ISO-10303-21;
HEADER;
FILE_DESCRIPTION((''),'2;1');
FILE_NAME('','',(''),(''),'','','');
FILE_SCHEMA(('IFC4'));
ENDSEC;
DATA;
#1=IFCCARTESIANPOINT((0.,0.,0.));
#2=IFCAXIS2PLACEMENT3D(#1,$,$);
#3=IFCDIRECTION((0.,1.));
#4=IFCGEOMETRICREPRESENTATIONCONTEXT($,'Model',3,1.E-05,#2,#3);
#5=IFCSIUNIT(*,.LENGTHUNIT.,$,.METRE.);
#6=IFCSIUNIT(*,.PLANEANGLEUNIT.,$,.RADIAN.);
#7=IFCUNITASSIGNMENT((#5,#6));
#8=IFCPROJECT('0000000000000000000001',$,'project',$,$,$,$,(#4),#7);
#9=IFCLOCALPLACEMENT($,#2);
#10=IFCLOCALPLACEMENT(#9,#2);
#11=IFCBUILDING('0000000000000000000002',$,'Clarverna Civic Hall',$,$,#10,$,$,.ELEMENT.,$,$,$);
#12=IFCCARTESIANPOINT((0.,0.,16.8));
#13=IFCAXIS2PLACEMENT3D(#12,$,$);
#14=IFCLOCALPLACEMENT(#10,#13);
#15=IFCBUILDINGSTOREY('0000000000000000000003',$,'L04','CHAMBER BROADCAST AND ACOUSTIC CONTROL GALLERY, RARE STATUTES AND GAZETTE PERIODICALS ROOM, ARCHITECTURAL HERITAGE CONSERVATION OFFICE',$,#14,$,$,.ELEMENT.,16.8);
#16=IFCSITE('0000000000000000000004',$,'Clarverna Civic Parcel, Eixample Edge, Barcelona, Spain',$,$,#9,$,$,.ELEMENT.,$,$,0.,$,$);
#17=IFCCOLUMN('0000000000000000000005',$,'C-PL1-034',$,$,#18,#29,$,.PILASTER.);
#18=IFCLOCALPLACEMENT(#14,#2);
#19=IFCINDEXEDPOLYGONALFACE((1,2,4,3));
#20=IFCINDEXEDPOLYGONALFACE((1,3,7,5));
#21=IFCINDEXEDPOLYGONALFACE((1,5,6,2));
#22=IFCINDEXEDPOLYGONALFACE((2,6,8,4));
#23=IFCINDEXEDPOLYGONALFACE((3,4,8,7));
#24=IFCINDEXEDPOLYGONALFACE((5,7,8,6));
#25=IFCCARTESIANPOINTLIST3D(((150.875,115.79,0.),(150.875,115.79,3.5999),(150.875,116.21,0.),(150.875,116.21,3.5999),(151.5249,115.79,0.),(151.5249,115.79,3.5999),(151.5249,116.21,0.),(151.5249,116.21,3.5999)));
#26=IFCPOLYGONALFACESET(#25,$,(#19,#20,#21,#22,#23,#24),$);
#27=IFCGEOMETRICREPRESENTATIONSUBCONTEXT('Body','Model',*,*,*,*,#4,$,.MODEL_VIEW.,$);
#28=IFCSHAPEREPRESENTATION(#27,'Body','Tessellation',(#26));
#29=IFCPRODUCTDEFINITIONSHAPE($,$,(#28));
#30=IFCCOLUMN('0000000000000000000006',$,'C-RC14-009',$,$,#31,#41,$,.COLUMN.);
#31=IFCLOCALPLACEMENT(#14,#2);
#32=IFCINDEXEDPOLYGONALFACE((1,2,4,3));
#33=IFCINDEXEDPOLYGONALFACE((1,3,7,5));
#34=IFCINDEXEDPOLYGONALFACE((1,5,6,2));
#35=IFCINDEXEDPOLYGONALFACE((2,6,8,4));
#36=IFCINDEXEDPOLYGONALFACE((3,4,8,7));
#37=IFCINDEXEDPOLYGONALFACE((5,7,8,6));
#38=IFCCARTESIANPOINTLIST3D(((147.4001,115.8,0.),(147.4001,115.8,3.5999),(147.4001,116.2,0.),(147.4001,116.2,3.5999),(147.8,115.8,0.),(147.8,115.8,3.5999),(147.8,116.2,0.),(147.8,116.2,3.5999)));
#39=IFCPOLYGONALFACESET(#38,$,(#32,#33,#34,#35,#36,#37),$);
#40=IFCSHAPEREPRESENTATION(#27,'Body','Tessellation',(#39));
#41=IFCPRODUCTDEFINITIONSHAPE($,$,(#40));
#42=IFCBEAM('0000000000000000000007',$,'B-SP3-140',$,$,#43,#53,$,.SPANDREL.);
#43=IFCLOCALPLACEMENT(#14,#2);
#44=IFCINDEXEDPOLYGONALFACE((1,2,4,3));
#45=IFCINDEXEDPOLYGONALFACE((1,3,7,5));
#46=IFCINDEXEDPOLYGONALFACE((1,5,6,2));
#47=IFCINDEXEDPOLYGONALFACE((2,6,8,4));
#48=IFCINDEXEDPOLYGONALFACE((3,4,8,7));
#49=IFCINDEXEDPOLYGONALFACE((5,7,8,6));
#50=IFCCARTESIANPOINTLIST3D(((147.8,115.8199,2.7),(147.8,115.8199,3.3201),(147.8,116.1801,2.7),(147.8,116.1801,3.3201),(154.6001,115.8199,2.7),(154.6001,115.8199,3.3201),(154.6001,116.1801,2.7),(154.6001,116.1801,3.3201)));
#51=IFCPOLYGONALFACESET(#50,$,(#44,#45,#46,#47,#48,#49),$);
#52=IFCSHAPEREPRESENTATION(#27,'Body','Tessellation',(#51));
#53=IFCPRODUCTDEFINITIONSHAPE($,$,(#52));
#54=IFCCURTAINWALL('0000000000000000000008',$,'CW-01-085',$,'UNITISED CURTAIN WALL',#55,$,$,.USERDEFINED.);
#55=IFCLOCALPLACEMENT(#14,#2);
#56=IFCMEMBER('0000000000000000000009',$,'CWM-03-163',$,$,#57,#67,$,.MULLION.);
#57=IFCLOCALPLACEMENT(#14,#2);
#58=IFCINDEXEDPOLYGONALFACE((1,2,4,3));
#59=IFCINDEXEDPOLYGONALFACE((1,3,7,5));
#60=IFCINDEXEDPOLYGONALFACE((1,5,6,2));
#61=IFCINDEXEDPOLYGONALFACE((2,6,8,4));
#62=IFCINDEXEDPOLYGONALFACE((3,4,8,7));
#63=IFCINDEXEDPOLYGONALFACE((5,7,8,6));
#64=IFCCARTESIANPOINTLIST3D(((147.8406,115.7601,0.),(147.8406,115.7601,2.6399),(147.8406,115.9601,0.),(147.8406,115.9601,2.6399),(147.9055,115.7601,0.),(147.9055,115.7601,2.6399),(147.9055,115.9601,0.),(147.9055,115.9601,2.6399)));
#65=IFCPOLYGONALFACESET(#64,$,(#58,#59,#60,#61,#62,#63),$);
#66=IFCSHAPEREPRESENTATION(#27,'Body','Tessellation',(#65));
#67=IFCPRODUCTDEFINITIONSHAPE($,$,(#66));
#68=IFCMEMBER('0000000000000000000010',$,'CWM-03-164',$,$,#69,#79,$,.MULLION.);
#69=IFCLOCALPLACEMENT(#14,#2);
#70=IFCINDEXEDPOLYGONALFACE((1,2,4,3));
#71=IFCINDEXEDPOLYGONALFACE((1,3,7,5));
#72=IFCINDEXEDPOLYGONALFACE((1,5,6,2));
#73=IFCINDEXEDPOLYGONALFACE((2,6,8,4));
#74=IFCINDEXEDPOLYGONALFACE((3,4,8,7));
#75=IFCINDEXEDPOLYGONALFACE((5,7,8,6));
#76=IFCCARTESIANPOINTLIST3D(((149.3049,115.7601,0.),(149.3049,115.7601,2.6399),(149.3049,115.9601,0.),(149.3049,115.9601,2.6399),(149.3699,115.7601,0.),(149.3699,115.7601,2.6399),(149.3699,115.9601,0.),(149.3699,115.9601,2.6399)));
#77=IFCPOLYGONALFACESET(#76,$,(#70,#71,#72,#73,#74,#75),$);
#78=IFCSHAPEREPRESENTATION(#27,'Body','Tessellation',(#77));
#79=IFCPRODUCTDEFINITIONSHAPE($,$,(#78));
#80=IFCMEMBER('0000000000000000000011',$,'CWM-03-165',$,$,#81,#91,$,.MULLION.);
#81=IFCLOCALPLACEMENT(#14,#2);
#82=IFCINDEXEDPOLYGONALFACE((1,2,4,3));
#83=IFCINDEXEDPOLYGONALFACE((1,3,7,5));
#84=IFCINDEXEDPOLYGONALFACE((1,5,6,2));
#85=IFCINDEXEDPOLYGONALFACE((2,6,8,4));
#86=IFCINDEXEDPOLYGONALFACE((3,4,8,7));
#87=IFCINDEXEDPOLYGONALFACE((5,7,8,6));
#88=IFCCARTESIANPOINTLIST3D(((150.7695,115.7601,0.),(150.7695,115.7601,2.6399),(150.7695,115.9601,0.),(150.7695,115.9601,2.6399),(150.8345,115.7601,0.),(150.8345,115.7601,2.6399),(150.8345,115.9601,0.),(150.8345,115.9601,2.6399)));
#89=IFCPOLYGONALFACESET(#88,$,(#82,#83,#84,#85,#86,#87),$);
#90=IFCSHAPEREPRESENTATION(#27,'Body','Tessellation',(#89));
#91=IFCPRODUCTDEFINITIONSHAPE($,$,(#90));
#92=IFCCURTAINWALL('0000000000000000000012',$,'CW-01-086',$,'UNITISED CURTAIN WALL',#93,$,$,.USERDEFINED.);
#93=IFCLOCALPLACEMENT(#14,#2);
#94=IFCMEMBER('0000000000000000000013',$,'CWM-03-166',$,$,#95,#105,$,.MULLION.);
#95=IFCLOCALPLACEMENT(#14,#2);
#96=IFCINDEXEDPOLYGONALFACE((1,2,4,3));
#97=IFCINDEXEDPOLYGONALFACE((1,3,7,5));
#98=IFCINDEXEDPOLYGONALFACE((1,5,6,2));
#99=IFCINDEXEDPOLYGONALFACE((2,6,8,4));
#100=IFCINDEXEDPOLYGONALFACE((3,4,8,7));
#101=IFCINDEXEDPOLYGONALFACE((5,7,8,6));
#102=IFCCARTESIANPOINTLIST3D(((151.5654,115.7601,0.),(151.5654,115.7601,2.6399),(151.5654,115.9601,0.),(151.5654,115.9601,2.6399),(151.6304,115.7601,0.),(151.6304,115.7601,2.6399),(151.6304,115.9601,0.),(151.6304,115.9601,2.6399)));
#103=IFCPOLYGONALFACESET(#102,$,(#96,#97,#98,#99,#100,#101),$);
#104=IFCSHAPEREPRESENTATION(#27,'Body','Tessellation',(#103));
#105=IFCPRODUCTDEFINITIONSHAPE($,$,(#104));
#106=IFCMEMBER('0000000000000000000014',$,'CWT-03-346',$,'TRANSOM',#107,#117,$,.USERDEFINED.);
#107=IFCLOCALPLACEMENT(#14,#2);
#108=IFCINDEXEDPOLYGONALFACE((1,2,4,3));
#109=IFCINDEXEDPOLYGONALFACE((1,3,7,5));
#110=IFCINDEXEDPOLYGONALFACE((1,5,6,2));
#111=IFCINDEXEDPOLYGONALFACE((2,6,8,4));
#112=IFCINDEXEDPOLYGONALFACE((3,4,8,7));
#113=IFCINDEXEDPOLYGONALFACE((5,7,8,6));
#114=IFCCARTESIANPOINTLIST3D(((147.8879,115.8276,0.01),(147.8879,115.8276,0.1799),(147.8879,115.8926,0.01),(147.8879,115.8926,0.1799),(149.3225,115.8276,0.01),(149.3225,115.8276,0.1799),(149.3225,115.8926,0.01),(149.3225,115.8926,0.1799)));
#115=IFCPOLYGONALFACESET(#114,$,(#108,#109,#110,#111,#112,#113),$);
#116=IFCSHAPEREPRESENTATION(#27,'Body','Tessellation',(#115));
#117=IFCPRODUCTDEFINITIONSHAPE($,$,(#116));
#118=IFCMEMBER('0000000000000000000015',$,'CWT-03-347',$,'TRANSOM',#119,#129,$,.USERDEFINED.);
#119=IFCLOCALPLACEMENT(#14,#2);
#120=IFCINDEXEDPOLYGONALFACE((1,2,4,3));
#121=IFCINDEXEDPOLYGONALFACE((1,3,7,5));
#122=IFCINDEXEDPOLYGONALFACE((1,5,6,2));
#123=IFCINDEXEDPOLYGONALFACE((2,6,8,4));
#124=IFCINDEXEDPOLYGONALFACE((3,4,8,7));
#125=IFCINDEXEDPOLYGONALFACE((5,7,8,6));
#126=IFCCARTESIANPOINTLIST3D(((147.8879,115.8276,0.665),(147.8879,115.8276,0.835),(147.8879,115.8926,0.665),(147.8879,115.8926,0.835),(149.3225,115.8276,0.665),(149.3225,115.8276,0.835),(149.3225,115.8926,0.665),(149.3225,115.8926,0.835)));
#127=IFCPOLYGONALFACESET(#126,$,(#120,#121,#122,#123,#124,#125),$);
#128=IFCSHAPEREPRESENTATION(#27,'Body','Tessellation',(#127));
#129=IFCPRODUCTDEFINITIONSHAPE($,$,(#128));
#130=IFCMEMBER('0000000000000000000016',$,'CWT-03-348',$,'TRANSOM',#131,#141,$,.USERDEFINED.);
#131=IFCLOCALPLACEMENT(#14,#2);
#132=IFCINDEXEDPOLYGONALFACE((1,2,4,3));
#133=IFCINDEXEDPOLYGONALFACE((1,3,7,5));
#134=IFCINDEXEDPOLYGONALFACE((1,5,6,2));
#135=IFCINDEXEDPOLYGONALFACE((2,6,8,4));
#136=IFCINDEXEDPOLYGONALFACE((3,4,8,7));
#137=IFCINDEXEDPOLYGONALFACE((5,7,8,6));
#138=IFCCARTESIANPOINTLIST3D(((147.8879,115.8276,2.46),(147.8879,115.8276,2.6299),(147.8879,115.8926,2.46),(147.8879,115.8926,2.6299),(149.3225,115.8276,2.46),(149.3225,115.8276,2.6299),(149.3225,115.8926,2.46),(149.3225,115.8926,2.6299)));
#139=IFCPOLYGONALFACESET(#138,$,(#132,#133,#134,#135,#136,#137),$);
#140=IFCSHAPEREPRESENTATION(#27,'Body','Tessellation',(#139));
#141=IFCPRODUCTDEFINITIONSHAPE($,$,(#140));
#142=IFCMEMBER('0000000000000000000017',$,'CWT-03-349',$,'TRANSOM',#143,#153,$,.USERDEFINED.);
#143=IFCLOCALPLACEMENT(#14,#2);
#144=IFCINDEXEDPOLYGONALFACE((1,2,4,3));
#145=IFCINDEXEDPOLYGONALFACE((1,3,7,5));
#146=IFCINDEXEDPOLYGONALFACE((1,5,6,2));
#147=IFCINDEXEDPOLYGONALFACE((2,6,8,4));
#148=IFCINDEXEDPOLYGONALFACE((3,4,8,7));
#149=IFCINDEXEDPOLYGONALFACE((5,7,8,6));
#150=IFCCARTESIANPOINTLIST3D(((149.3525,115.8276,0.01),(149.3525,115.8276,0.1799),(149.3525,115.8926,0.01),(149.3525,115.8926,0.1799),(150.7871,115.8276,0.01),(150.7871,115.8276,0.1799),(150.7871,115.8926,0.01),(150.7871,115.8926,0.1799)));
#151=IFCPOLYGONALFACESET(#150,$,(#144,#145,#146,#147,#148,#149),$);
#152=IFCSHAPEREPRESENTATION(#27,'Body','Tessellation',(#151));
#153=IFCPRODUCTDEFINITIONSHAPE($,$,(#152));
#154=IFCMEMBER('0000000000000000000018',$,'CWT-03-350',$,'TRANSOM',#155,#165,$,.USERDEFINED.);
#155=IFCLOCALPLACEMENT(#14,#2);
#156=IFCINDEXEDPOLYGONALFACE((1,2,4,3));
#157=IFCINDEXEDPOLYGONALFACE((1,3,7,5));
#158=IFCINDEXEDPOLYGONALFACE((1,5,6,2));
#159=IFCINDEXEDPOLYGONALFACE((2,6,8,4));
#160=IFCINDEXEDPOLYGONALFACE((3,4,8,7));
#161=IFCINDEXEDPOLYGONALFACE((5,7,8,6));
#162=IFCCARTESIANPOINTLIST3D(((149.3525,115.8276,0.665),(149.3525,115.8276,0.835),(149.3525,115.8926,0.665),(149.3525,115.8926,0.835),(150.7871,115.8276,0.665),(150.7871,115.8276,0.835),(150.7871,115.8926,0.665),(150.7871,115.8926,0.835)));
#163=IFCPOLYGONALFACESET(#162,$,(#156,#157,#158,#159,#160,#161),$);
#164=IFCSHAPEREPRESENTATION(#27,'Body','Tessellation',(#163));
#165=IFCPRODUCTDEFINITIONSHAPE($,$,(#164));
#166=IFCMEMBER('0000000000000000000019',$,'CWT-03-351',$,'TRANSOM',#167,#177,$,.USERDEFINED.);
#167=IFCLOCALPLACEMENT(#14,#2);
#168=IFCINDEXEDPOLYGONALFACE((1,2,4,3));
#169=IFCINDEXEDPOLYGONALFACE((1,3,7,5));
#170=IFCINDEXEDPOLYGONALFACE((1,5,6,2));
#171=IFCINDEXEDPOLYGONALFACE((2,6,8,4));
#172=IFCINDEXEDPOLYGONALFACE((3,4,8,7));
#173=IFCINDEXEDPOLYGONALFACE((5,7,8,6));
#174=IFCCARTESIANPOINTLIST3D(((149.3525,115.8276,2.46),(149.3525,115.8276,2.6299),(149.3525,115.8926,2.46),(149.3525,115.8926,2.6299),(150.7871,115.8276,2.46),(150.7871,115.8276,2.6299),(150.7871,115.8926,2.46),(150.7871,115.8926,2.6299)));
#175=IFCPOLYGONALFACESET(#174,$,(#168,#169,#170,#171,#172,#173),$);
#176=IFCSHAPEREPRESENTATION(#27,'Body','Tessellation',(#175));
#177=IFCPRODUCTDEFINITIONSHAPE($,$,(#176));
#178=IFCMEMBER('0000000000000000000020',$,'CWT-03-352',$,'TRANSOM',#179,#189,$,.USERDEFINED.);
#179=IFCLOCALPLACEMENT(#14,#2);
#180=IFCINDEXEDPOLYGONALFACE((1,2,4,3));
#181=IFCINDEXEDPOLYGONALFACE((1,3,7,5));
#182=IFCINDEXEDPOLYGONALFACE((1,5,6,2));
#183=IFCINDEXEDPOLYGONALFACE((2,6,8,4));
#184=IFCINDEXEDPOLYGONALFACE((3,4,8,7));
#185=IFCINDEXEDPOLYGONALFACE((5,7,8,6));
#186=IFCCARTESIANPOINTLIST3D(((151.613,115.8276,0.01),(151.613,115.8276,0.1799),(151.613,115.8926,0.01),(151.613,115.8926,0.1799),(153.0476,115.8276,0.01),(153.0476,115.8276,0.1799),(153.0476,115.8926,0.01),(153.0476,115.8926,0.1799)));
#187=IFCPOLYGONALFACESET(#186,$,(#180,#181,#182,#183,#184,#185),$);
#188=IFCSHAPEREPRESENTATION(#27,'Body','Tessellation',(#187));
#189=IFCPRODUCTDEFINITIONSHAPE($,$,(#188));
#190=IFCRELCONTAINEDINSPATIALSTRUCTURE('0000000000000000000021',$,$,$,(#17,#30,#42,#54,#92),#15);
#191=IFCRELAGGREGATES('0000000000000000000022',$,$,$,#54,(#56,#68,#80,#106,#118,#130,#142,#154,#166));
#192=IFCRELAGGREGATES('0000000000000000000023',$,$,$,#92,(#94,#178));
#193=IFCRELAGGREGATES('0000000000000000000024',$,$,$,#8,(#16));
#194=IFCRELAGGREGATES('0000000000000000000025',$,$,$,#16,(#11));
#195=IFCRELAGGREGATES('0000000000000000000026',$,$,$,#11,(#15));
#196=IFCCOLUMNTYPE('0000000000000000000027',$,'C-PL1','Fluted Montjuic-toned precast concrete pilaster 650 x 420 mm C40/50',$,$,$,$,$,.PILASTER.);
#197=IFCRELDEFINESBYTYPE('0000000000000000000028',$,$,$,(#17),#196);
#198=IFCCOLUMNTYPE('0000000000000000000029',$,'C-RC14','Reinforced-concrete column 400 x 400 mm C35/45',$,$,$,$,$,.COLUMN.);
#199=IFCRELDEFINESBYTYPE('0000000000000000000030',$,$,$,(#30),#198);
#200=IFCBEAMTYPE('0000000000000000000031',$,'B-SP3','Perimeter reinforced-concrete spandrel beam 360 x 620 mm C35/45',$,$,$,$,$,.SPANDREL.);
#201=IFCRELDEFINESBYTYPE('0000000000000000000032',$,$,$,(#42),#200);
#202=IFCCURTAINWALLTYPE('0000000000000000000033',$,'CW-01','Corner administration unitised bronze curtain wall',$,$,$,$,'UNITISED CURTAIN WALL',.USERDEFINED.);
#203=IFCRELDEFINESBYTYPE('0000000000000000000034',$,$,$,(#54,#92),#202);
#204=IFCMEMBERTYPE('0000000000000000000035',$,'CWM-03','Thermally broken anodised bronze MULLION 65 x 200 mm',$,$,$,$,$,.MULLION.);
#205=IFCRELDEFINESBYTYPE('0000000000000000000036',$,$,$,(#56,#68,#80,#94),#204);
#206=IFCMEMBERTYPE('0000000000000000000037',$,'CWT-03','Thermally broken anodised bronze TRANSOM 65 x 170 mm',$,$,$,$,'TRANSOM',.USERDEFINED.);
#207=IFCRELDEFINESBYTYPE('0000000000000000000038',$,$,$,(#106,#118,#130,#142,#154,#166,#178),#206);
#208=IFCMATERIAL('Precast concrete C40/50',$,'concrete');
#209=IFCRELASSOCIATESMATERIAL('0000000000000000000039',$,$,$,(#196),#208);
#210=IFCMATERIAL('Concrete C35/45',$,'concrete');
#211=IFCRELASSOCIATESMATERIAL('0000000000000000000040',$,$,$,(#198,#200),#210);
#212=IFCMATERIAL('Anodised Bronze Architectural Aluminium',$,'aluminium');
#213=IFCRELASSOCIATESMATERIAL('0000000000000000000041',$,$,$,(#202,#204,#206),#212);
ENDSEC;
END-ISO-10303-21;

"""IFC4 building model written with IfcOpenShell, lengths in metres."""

from ifc_helpers import new_model, si_unit, direction, frame, origin, origin_2d, place, context, subcontext, project, spatial, rectangle, extrude, material, material_profile, profile_set, type_object, element, aggregate, save


model = new_model("IFC4")

# Units and contexts
model_context = context("Model", 3, precision=1e-05, world=origin(), true_north=direction((0.0, 1.0)))
body_context = subcontext(model_context, "Body", "Model", "MODEL_VIEW")
ifc_project = project(units=[si_unit("LENGTHUNIT", "METRE"), si_unit("PLANEANGLEUNIT", "RADIAN")], contexts=[model_context])

# Site, building, storey
site_placement = place(None, origin())
site = spatial("IfcSite", under=ifc_project, at=site_placement, Name="Clarverna Civic Parcel, Eixample Edge, Barcelona, Spain", CompositionType="ELEMENT", RefElevation=0.0)
building_placement = place(site_placement, origin())
building = spatial("IfcBuilding", under=site, at=building_placement, Name="Clarverna Civic Hall", CompositionType="ELEMENT")
storey_placement = place(building_placement, frame((0.0, 0.0, 16.8)))
storey = spatial("IfcBuildingStorey", under=building, at=storey_placement, Name="L04", Description="CHAMBER BROADCAST AND ACOUSTIC CONTROL GALLERY, RARE STATUTES AND GAZETTE PERIODICALS ROOM, ARCHITECTURAL HERITAGE CONSERVATION OFFICE", CompositionType="ELEMENT", Elevation=16.8)

# Columns
ifc_material_1 = material(Name="Precast concrete C40/50", Category="concrete")
ifc_material_profile_1 = material_profile(ifc_material_1, rectangle(XDim=0.6499, YDim=0.4199, at=origin_2d()), Name="PILASTER 650x420")
ifc_profile_set_1 = profile_set([ifc_material_profile_1], Name="Precast concrete C40/50")
column_type_1 = type_object("IfcColumnType", Name="C-PL1", Description="Fluted Montjuic-toned precast concrete pilaster 650 x 420 mm C40/50", PredefinedType="PILASTER", material=ifc_profile_set_1)
column_1_placement = place(storey_placement, frame((151.2, 116.0, 0.0), z_axis=(0.0, 0.0, 1.0), x_axis=(1.0, 0.0, 0.0)))
element("IfcColumn", 1, at=column_1_placement, inside=storey, type_object=column_type_1, Name="C-PL1-034", PredefinedType="PILASTER", context=body_context, shape_type="SweptSolid", body=[
    extrude(rectangle(XDim=0.6499, YDim=0.4199, at=origin_2d()), origin(), (0.0, 0.0, 1.0), 3.5999),
])
ifc_material_2 = material(Name="Concrete C35/45", Category="concrete")
ifc_material_profile_2 = material_profile(ifc_material_2, rectangle(XDim=0.3999, YDim=0.3999, at=origin_2d()), Name="RC 400x400")
ifc_profile_set_2 = profile_set([ifc_material_profile_2], Name="Concrete C35/45")
column_type_2 = type_object("IfcColumnType", Name="C-RC14", Description="Reinforced-concrete column 400 x 400 mm C35/45", PredefinedType="COLUMN", material=ifc_profile_set_2)
column_2_placement = place(storey_placement, frame((147.6001, 116.0, 0.0), z_axis=(0.0, 0.0, 1.0), x_axis=(1.0, 0.0, 0.0)))
element("IfcColumn", 2, at=column_2_placement, inside=storey, type_object=column_type_2, Name="C-RC14-009", PredefinedType="COLUMN", context=body_context, shape_type="SweptSolid", body=[
    extrude(rectangle(XDim=0.3999, YDim=0.3999, at=origin_2d()), origin(), (0.0, 0.0, 1.0), 3.5999),
])

# Beam
ifc_material_profile_3 = material_profile(ifc_material_2, rectangle(XDim=0.3601, YDim=0.6201, at=origin_2d()), Name="RC 360x620")
ifc_profile_set_3 = profile_set([ifc_material_profile_3], Name="Concrete C35/45")
beam_type_1 = type_object("IfcBeamType", Name="B-SP3", Description="Perimeter reinforced-concrete spandrel beam 360 x 620 mm C35/45", PredefinedType="SPANDREL", material=ifc_profile_set_3)
beam_1_placement = place(storey_placement, frame((147.8, 116.0, 3.01), z_axis=(1.0, 0.0, 0.0), x_axis=(0.0, 1.0, 0.0)))
element("IfcBeam", 3, at=beam_1_placement, inside=storey, type_object=beam_type_1, Name="B-SP3-140", PredefinedType="SPANDREL", context=body_context, shape_type="SweptSolid", body=[
    extrude(rectangle(XDim=0.3601, YDim=0.6201, at=origin_2d()), origin(), (0.0, 0.0, 1.0), 6.8),
])

# Curtain wall, members
ifc_material_3 = material(Name="Anodised Bronze Architectural Aluminium", Category="aluminium")
curtain_wall_type = type_object("IfcCurtainWallType", Name="CW-01", Description="Corner administration unitised bronze curtain wall", ElementType="UNITISED CURTAIN WALL", PredefinedType="USERDEFINED", material=ifc_material_3)
curtain_wall_1_placement = place(storey_placement, origin())
curtain_wall_1 = element("IfcCurtainWall", 4, at=curtain_wall_1_placement, inside=storey, type_object=curtain_wall_type, Name="CW-01-085", ObjectType="UNITISED CURTAIN WALL", PredefinedType="USERDEFINED")
ifc_material_profile_4 = material_profile(ifc_material_3, rectangle(XDim=0.0649, YDim=0.2, at=origin_2d()), Name="BRONZE 65x200")
ifc_profile_set_4 = profile_set([ifc_material_profile_4], Name="Anodised Bronze Architectural Aluminium")
member_type_1 = type_object("IfcMemberType", Name="CWM-03", Description="Thermally broken anodised bronze MULLION 65 x 200 mm", PredefinedType="MULLION", material=ifc_profile_set_4)
member_1_placement = place(storey_placement, frame((147.873, 115.8601, 0.0), z_axis=(0.0, 0.0, 1.0), x_axis=(1.0, 0.0, 0.0)))
member_1 = element("IfcMember", 5, at=member_1_placement, type_object=member_type_1, Name="CWM-03-163", PredefinedType="MULLION", context=body_context, shape_type="SweptSolid", body=[
    extrude(rectangle(XDim=0.0649, YDim=0.2, at=origin_2d()), origin(), (0.0, 0.0, 1.0), 2.6399),
])
member_2_placement = place(storey_placement, frame((149.3374, 115.8601, 0.0), z_axis=(0.0, 0.0, 1.0), x_axis=(1.0, 0.0, 0.0)))
member_2 = element("IfcMember", 6, at=member_2_placement, type_object=member_type_1, Name="CWM-03-164", PredefinedType="MULLION", context=body_context, shape_type="SweptSolid", body=[
    extrude(rectangle(XDim=0.0649, YDim=0.2, at=origin_2d()), origin(), (0.0, 0.0, 1.0), 2.6399),
])
member_3_placement = place(storey_placement, frame((150.802, 115.8601, 0.0), z_axis=(0.0, 0.0, 1.0), x_axis=(1.0, 0.0, 0.0)))
member_3 = element("IfcMember", 7, at=member_3_placement, type_object=member_type_1, Name="CWM-03-165", PredefinedType="MULLION", context=body_context, shape_type="SweptSolid", body=[
    extrude(rectangle(XDim=0.0649, YDim=0.2, at=origin_2d()), origin(), (0.0, 0.0, 1.0), 2.6399),
])

# Curtain wall, member
curtain_wall_2_placement = place(storey_placement, origin())
curtain_wall_2 = element("IfcCurtainWall", 8, at=curtain_wall_2_placement, inside=storey, type_object=curtain_wall_type, Name="CW-01-086", ObjectType="UNITISED CURTAIN WALL", PredefinedType="USERDEFINED")
member_4_placement = place(storey_placement, frame((151.5979, 115.8601, 0.0), z_axis=(0.0, 0.0, 1.0), x_axis=(1.0, 0.0, 0.0)))
member_4 = element("IfcMember", 9, at=member_4_placement, type_object=member_type_1, Name="CWM-03-166", PredefinedType="MULLION", context=body_context, shape_type="SweptSolid", body=[
    extrude(rectangle(XDim=0.0649, YDim=0.2, at=origin_2d()), origin(), (0.0, 0.0, 1.0), 2.6399),
])

# Members
ifc_material_profile_5 = material_profile(ifc_material_3, rectangle(XDim=0.0649, YDim=0.1699, at=origin_2d()), Name="BRONZE 65x170")
ifc_profile_set_5 = profile_set([ifc_material_profile_5], Name="Anodised Bronze Architectural Aluminium")
member_type_2 = type_object("IfcMemberType", Name="CWT-03", Description="Thermally broken anodised bronze TRANSOM 65 x 170 mm", ElementType="TRANSOM", PredefinedType="USERDEFINED", material=ifc_profile_set_5)
member_5_placement = place(storey_placement, frame((147.8879, 115.8601, 0.095), z_axis=(1.0, 0.0, 0.0), x_axis=(0.0, 1.0, 0.0)))
member_5 = element("IfcMember", 10, at=member_5_placement, type_object=member_type_2, Name="CWT-03-346", ObjectType="TRANSOM", PredefinedType="USERDEFINED", context=body_context, shape_type="SweptSolid", body=[
    extrude(rectangle(XDim=0.0649, YDim=0.1699, at=origin_2d()), origin(), (0.0, 0.0, 1.0), 1.4346),
])
member_6_placement = place(storey_placement, frame((147.8879, 115.8601, 0.75), z_axis=(1.0, 0.0, 0.0), x_axis=(0.0, 1.0, 0.0)))
member_6 = element("IfcMember", 11, at=member_6_placement, type_object=member_type_2, Name="CWT-03-347", ObjectType="TRANSOM", PredefinedType="USERDEFINED", context=body_context, shape_type="SweptSolid", body=[
    extrude(rectangle(XDim=0.0649, YDim=0.1699, at=origin_2d()), origin(), (0.0, 0.0, 1.0), 1.4346),
])
member_7_placement = place(storey_placement, frame((147.8879, 115.8601, 2.5449), z_axis=(1.0, 0.0, 0.0), x_axis=(0.0, 1.0, 0.0)))
member_7 = element("IfcMember", 12, at=member_7_placement, type_object=member_type_2, Name="CWT-03-348", ObjectType="TRANSOM", PredefinedType="USERDEFINED", context=body_context, shape_type="SweptSolid", body=[
    extrude(rectangle(XDim=0.0649, YDim=0.1699, at=origin_2d()), origin(), (0.0, 0.0, 1.0), 1.4346),
])
member_8_placement = place(storey_placement, frame((149.3525, 115.8601, 0.095), z_axis=(1.0, 0.0, 0.0), x_axis=(0.0, 1.0, 0.0)))
member_8 = element("IfcMember", 13, at=member_8_placement, type_object=member_type_2, Name="CWT-03-349", ObjectType="TRANSOM", PredefinedType="USERDEFINED", context=body_context, shape_type="SweptSolid", body=[
    extrude(rectangle(XDim=0.0649, YDim=0.1699, at=origin_2d()), origin(), (0.0, 0.0, 1.0), 1.4346),
])
member_9_placement = place(storey_placement, frame((149.3525, 115.8601, 0.75), z_axis=(1.0, 0.0, 0.0), x_axis=(0.0, 1.0, 0.0)))
member_9 = element("IfcMember", 14, at=member_9_placement, type_object=member_type_2, Name="CWT-03-350", ObjectType="TRANSOM", PredefinedType="USERDEFINED", context=body_context, shape_type="SweptSolid", body=[
    extrude(rectangle(XDim=0.0649, YDim=0.1699, at=origin_2d()), origin(), (0.0, 0.0, 1.0), 1.4346),
])
member_10_placement = place(storey_placement, frame((149.3525, 115.8601, 2.5449), z_axis=(1.0, 0.0, 0.0), x_axis=(0.0, 1.0, 0.0)))
member_10 = element("IfcMember", 15, at=member_10_placement, type_object=member_type_2, Name="CWT-03-351", ObjectType="TRANSOM", PredefinedType="USERDEFINED", context=body_context, shape_type="SweptSolid", body=[
    extrude(rectangle(XDim=0.0649, YDim=0.1699, at=origin_2d()), origin(), (0.0, 0.0, 1.0), 1.4346),
])
member_11_placement = place(storey_placement, frame((151.613, 115.8601, 0.095), z_axis=(1.0, 0.0, 0.0), x_axis=(0.0, 1.0, 0.0)))
member_11 = element("IfcMember", 16, at=member_11_placement, type_object=member_type_2, Name="CWT-03-352", ObjectType="TRANSOM", PredefinedType="USERDEFINED", context=body_context, shape_type="SweptSolid", body=[
    extrude(rectangle(XDim=0.0649, YDim=0.1699, at=origin_2d()), origin(), (0.0, 0.0, 1.0), 1.4346),
])

aggregate(curtain_wall_1, [member_1, member_2, member_3, member_5, member_6, member_7, member_8, member_9, member_10])
aggregate(curtain_wall_2, [member_4, member_11])

save(model, "model.ifc")
